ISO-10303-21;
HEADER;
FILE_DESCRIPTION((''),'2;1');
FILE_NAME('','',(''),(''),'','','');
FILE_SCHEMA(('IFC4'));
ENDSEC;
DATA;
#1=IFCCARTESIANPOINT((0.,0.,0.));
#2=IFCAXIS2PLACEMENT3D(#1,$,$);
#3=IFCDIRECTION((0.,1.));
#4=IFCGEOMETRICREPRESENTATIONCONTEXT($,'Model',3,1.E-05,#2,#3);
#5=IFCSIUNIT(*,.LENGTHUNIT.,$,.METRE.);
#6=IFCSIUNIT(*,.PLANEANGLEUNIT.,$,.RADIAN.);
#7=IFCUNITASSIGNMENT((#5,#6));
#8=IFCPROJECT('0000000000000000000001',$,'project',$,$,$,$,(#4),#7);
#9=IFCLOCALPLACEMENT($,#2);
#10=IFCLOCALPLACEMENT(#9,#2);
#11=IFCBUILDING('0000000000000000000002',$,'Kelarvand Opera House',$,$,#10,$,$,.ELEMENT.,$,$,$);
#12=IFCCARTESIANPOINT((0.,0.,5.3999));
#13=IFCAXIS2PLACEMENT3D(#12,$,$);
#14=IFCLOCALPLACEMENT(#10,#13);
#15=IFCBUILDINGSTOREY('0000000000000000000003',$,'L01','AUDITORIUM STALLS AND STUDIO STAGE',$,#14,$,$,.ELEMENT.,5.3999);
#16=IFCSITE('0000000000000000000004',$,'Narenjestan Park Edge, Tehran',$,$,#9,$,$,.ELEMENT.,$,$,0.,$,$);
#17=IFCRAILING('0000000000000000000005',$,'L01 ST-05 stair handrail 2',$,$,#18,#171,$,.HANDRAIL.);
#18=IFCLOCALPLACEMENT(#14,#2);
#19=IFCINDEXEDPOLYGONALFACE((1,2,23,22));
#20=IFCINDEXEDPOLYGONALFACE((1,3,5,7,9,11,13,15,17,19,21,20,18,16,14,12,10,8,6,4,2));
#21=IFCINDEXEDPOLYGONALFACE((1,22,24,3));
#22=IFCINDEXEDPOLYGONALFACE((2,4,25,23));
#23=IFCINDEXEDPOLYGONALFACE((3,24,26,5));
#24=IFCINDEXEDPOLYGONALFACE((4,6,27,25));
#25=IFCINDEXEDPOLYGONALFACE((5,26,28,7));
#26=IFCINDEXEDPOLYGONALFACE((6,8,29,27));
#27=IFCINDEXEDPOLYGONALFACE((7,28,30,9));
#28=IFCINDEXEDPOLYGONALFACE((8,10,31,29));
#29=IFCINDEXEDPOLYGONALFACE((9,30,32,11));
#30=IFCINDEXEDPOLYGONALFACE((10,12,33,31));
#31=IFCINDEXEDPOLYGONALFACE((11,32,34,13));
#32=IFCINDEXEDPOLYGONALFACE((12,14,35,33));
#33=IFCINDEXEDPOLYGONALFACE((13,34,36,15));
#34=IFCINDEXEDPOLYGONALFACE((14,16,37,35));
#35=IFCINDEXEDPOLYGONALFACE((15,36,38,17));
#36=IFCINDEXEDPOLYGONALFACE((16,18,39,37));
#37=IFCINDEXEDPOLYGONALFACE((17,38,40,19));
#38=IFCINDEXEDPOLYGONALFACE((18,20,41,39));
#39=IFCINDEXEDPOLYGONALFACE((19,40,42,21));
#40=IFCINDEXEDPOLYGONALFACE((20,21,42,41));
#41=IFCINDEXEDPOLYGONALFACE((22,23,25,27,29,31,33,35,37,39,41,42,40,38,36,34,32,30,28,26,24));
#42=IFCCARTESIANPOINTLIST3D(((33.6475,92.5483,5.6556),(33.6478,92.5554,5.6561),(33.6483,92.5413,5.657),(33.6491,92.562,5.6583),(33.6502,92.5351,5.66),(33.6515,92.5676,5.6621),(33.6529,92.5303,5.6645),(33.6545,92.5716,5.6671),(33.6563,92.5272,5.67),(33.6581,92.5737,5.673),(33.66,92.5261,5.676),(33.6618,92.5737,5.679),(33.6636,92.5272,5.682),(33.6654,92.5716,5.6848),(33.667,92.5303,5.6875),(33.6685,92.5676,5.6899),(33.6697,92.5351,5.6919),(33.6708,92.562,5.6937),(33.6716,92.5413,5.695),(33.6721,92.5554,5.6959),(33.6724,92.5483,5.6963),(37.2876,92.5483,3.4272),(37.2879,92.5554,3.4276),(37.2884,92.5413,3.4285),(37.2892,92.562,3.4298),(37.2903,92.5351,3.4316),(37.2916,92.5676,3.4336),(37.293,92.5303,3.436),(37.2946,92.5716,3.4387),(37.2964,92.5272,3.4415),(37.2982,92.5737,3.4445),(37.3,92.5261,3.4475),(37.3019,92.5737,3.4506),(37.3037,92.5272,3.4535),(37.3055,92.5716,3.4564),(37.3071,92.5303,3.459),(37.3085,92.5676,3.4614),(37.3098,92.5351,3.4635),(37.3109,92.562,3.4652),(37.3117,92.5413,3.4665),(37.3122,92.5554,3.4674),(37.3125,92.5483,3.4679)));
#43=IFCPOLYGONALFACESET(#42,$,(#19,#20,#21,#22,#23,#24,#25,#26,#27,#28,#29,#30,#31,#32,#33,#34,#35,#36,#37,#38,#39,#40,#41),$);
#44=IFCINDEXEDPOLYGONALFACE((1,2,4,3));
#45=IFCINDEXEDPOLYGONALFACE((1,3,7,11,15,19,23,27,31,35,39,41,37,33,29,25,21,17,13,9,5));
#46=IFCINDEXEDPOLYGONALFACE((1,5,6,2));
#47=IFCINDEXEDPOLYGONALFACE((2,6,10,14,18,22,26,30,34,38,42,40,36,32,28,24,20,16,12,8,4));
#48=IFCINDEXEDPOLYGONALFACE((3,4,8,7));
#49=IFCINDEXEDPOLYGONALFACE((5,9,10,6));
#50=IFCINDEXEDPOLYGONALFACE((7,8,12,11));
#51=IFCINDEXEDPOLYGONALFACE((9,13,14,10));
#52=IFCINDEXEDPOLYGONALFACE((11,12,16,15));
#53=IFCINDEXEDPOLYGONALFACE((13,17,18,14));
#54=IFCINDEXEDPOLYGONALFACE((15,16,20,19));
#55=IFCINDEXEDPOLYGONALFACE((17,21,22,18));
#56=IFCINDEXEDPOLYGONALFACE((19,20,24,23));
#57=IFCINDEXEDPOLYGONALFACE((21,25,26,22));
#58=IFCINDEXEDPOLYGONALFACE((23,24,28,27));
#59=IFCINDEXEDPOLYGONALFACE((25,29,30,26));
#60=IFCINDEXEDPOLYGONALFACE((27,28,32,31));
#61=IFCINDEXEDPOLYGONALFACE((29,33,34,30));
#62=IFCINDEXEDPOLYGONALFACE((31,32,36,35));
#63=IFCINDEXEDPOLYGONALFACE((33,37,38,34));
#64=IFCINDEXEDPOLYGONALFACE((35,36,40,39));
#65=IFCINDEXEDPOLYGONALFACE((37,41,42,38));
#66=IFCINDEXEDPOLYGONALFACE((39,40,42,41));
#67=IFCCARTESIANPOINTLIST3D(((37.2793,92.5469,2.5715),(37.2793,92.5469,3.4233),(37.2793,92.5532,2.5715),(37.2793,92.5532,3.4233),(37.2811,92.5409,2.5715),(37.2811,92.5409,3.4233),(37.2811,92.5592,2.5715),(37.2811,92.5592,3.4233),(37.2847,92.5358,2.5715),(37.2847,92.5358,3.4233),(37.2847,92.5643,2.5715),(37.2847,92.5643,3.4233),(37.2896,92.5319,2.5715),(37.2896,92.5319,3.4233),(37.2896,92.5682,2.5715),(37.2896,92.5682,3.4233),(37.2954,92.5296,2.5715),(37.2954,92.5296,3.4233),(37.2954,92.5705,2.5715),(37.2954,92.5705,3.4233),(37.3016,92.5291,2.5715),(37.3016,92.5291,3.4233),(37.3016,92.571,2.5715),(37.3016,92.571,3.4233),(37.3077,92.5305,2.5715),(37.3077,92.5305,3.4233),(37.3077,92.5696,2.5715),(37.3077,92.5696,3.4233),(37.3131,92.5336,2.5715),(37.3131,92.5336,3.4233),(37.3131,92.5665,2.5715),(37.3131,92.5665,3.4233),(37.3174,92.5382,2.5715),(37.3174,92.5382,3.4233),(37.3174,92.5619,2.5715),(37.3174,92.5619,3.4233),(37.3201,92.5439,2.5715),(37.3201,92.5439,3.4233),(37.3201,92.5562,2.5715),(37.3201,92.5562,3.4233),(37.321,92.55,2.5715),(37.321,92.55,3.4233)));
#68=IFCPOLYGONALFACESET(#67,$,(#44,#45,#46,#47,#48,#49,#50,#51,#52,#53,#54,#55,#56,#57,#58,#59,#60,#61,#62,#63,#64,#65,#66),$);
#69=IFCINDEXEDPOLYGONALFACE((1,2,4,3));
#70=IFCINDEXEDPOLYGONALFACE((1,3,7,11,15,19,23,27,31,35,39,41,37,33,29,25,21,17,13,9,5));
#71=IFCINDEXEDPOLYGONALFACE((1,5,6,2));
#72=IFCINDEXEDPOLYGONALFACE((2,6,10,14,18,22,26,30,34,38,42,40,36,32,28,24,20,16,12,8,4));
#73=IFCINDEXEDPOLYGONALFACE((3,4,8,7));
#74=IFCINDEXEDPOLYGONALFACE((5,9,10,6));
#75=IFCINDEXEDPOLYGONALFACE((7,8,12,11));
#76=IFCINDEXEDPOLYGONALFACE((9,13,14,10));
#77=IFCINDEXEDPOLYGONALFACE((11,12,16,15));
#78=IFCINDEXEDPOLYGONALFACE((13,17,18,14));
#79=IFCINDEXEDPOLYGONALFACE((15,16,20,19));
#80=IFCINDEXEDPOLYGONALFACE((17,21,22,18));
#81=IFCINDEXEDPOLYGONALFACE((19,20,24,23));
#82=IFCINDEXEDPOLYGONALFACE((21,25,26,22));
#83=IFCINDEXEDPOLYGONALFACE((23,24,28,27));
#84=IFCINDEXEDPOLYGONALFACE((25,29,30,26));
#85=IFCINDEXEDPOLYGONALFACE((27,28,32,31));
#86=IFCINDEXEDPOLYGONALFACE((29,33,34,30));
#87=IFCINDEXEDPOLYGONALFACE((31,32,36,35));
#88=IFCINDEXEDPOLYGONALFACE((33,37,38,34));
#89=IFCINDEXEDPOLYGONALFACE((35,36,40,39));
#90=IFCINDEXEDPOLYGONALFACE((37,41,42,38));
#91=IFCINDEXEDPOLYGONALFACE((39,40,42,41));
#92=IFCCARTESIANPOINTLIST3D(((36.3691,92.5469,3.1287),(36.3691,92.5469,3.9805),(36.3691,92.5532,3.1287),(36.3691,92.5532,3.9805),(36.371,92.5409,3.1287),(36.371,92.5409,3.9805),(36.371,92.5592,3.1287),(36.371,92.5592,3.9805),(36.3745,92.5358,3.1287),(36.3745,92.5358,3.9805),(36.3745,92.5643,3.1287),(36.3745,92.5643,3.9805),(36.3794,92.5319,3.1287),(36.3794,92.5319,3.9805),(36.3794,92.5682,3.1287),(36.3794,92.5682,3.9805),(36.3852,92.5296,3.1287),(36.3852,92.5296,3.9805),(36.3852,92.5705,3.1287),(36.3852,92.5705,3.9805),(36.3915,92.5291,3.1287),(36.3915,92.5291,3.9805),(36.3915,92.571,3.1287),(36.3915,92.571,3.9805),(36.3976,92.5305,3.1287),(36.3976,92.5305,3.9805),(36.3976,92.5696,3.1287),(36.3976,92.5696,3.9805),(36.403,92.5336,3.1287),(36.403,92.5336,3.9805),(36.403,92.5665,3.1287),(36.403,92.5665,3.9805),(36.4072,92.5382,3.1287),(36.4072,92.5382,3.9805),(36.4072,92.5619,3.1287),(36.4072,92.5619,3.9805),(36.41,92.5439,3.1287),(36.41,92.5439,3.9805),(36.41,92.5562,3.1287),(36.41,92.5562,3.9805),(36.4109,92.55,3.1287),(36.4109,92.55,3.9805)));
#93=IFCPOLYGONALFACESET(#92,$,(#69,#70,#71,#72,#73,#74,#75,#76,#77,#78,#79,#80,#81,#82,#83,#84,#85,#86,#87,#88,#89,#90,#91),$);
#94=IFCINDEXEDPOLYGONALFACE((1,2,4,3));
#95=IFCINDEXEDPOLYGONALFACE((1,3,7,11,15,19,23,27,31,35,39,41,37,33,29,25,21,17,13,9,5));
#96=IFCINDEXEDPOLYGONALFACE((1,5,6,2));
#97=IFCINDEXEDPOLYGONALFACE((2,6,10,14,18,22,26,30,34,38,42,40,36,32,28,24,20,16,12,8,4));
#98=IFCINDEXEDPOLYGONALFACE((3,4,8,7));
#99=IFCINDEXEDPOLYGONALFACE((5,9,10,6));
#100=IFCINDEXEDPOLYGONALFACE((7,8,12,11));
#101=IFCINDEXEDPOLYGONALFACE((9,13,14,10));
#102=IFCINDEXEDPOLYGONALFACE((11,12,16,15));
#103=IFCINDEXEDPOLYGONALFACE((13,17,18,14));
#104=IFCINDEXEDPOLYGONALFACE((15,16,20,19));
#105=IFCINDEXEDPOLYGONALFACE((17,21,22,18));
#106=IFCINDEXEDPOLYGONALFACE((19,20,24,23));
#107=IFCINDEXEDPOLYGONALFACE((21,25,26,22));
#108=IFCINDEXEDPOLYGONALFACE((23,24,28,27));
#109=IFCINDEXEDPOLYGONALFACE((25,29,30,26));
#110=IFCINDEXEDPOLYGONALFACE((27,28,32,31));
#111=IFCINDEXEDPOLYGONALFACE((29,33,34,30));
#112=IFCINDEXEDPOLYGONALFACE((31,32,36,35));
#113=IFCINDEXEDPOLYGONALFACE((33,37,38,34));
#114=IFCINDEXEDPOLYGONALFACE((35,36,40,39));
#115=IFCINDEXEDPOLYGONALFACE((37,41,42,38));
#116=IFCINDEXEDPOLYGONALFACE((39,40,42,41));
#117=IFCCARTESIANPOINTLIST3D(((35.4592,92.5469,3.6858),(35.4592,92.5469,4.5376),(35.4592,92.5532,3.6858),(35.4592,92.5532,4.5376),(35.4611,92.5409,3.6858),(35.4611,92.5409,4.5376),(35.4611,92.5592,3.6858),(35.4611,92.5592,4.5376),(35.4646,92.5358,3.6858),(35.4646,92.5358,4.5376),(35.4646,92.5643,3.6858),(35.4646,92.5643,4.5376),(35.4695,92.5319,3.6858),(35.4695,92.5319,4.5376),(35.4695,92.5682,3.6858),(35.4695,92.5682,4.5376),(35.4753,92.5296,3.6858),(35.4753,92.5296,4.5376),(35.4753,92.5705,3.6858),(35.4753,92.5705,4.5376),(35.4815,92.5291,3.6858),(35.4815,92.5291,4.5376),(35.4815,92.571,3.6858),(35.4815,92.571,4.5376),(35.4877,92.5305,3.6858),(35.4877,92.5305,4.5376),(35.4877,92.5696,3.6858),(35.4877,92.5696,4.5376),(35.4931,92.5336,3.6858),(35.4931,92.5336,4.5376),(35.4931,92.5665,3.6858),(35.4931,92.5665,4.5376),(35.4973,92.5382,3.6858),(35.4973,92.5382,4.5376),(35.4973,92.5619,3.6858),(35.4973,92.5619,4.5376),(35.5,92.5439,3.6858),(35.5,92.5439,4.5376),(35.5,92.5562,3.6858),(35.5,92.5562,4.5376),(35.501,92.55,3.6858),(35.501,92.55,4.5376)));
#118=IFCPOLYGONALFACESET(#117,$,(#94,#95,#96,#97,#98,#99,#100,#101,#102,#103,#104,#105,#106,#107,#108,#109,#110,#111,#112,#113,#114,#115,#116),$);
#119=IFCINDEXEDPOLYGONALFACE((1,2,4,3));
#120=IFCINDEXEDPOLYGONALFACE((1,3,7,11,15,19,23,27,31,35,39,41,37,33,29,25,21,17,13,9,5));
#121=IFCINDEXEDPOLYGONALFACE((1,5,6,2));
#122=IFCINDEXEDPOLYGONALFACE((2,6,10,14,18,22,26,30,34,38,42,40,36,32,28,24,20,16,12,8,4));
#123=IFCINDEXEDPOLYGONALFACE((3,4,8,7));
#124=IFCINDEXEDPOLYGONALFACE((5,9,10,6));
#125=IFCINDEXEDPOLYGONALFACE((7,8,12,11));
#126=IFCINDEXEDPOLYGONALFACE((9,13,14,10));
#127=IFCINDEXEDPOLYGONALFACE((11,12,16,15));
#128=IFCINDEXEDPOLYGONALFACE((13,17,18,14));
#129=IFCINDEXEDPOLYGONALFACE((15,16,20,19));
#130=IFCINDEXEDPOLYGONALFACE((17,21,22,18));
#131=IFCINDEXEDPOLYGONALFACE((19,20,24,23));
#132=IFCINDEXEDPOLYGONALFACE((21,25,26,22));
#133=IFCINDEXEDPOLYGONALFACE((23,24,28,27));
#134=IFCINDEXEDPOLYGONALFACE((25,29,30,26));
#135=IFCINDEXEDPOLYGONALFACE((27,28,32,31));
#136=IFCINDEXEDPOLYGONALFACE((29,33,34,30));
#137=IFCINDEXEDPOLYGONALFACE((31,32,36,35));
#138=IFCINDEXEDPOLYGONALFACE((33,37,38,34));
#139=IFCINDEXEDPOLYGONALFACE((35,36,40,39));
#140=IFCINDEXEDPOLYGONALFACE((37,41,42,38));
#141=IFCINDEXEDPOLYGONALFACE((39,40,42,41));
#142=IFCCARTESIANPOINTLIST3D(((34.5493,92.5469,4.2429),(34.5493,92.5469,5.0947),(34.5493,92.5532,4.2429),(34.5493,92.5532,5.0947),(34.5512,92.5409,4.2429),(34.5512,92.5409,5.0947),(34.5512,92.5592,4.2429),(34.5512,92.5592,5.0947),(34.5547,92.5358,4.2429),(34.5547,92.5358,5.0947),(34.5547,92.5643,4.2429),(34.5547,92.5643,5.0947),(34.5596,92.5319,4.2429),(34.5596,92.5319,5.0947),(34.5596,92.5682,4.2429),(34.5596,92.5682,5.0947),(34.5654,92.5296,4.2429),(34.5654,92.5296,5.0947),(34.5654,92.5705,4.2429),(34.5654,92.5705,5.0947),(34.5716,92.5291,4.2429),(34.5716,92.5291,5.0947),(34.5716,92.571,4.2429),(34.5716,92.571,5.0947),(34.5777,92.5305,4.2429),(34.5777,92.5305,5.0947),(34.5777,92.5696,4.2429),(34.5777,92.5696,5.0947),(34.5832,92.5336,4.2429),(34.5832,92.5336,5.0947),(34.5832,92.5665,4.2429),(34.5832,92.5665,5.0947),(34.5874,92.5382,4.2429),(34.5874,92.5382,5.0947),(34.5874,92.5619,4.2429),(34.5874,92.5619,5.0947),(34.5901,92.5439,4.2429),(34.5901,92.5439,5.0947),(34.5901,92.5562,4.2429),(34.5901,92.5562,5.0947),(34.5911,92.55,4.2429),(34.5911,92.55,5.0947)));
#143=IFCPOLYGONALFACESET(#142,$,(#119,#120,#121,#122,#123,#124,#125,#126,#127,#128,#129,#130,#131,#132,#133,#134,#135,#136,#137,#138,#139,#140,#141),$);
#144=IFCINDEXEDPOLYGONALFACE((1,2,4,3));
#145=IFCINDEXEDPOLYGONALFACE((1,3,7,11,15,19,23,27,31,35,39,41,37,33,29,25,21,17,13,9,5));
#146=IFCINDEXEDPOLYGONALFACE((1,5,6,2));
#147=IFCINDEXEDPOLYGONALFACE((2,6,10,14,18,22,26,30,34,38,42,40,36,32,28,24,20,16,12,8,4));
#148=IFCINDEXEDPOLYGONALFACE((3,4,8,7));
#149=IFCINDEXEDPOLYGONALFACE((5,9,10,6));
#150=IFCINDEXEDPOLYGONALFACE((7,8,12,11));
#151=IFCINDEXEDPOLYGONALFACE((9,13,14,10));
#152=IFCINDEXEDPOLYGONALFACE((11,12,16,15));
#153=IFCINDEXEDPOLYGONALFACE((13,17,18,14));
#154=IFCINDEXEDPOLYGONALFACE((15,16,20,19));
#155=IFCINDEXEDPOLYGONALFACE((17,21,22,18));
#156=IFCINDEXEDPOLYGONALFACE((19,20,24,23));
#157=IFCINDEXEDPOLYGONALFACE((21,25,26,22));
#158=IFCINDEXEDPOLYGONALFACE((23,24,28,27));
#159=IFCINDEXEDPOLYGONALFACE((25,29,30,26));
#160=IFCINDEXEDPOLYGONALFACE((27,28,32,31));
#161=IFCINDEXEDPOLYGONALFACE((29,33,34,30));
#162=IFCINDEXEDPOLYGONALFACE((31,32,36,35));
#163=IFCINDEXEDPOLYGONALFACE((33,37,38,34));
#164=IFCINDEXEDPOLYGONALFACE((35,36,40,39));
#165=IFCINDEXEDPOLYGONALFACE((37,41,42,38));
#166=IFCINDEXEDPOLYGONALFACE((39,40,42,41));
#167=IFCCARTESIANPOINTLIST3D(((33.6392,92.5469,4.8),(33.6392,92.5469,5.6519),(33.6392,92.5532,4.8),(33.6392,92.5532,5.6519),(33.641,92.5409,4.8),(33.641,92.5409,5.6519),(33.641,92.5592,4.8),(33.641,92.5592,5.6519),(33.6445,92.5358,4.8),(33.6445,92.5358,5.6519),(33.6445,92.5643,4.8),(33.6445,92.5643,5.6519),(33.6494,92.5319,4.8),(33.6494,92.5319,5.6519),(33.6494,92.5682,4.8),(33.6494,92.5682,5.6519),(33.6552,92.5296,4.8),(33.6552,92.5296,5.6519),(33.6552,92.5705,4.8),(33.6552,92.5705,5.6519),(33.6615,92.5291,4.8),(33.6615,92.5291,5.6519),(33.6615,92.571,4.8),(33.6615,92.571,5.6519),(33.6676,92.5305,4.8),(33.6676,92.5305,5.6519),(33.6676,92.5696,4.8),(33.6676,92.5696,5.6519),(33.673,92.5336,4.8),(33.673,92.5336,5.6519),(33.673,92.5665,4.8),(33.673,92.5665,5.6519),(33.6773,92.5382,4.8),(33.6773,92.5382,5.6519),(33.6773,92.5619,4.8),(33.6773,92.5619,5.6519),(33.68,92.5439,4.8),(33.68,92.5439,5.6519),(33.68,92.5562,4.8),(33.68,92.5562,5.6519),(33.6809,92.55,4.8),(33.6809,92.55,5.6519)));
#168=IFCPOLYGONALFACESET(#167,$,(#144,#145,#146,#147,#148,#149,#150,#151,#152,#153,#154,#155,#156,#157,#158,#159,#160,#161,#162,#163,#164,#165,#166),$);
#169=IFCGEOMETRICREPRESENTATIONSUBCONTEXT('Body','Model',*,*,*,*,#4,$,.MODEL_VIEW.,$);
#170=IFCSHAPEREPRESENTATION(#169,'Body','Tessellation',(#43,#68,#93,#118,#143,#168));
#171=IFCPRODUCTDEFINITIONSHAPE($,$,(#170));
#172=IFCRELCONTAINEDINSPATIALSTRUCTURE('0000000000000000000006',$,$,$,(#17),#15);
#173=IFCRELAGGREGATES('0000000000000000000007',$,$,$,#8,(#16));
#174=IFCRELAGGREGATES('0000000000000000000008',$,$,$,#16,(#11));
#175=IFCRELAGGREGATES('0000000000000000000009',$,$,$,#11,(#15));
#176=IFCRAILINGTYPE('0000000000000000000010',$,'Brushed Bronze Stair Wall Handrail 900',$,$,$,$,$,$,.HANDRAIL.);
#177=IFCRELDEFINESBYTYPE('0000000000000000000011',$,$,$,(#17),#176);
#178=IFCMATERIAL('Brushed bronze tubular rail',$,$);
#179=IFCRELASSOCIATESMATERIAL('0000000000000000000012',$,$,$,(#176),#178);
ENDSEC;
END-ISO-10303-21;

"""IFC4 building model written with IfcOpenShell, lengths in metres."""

from ifc_helpers import new_model, si_unit, direction, frame, origin, origin_2d, place, context, subcontext, project, spatial, circle, extrude, material, type_object, element, save


model = new_model("IFC4")

# Units and contexts
model_context = context("Model", 3, precision=1e-05, world=origin(), true_north=direction((0.0, 1.0)))
body_context = subcontext(model_context, "Body", "Model", "MODEL_VIEW")
ifc_project = project(units=[si_unit("LENGTHUNIT", "METRE"), si_unit("PLANEANGLEUNIT", "RADIAN")], contexts=[model_context])

# Site, building, storey
site_placement = place(None, origin())
site = spatial("IfcSite", under=ifc_project, at=site_placement, Name="Narenjestan Park Edge, Tehran", CompositionType="ELEMENT", RefElevation=0.0)
building_placement = place(site_placement, origin())
building = spatial("IfcBuilding", under=site, at=building_placement, Name="Kelarvand Opera House", CompositionType="ELEMENT")
storey_placement = place(building_placement, frame((0.0, 0.0, 5.3999)))
storey = spatial("IfcBuildingStorey", under=building, at=storey_placement, Name="L01", Description="AUDITORIUM STALLS AND STUDIO STAGE", CompositionType="ELEMENT", Elevation=5.3999)

# Railing
ifc_material_1 = material(Name="Brushed bronze tubular rail")
railing_type_1 = type_object("IfcRailingType", Name="Brushed Bronze Stair Wall Handrail 900", PredefinedType="HANDRAIL", material=ifc_material_1)
railing_1_placement = place(storey_placement, frame((37.3, 92.55, 2.5715)))
element("IfcRailing", 1, at=railing_1_placement, inside=storey, type_object=railing_type_1, Name="L01 ST-05 stair handrail 2", PredefinedType="HANDRAIL", context=body_context, shape_type="SweptSolid", body=[
    extrude(circle(Radius=0.0239, at=origin_2d()), frame((0.0, 0.0, 0.876), z_axis=(-0.852866, 0.0, 0.52213), x_axis=(0.0, -1.0, 0.0)), (0.0, 0.0, 1.0), 4.2681),
    extrude(circle(Radius=0.021, at=origin_2d()), origin(), (0.0, 0.0, 1.0), 0.8518),
    extrude(circle(Radius=0.021, at=origin_2d()), frame((-0.9102, 0.0, 0.5571)), (0.0, 0.0, 1.0), 0.8518),
    extrude(circle(Radius=0.021, at=origin_2d()), frame((-1.8201, 0.0, 1.1143)), (0.0, 0.0, 1.0), 0.8518),
    extrude(circle(Radius=0.021, at=origin_2d()), frame((-2.73, 0.0, 1.6714)), (0.0, 0.0, 1.0), 0.8518),
    extrude(circle(Radius=0.021, at=origin_2d()), frame((-3.6401, 0.0, 2.2285)), (0.0, 0.0, 1.0), 0.8518),
])

save(model, "model.ifc")
